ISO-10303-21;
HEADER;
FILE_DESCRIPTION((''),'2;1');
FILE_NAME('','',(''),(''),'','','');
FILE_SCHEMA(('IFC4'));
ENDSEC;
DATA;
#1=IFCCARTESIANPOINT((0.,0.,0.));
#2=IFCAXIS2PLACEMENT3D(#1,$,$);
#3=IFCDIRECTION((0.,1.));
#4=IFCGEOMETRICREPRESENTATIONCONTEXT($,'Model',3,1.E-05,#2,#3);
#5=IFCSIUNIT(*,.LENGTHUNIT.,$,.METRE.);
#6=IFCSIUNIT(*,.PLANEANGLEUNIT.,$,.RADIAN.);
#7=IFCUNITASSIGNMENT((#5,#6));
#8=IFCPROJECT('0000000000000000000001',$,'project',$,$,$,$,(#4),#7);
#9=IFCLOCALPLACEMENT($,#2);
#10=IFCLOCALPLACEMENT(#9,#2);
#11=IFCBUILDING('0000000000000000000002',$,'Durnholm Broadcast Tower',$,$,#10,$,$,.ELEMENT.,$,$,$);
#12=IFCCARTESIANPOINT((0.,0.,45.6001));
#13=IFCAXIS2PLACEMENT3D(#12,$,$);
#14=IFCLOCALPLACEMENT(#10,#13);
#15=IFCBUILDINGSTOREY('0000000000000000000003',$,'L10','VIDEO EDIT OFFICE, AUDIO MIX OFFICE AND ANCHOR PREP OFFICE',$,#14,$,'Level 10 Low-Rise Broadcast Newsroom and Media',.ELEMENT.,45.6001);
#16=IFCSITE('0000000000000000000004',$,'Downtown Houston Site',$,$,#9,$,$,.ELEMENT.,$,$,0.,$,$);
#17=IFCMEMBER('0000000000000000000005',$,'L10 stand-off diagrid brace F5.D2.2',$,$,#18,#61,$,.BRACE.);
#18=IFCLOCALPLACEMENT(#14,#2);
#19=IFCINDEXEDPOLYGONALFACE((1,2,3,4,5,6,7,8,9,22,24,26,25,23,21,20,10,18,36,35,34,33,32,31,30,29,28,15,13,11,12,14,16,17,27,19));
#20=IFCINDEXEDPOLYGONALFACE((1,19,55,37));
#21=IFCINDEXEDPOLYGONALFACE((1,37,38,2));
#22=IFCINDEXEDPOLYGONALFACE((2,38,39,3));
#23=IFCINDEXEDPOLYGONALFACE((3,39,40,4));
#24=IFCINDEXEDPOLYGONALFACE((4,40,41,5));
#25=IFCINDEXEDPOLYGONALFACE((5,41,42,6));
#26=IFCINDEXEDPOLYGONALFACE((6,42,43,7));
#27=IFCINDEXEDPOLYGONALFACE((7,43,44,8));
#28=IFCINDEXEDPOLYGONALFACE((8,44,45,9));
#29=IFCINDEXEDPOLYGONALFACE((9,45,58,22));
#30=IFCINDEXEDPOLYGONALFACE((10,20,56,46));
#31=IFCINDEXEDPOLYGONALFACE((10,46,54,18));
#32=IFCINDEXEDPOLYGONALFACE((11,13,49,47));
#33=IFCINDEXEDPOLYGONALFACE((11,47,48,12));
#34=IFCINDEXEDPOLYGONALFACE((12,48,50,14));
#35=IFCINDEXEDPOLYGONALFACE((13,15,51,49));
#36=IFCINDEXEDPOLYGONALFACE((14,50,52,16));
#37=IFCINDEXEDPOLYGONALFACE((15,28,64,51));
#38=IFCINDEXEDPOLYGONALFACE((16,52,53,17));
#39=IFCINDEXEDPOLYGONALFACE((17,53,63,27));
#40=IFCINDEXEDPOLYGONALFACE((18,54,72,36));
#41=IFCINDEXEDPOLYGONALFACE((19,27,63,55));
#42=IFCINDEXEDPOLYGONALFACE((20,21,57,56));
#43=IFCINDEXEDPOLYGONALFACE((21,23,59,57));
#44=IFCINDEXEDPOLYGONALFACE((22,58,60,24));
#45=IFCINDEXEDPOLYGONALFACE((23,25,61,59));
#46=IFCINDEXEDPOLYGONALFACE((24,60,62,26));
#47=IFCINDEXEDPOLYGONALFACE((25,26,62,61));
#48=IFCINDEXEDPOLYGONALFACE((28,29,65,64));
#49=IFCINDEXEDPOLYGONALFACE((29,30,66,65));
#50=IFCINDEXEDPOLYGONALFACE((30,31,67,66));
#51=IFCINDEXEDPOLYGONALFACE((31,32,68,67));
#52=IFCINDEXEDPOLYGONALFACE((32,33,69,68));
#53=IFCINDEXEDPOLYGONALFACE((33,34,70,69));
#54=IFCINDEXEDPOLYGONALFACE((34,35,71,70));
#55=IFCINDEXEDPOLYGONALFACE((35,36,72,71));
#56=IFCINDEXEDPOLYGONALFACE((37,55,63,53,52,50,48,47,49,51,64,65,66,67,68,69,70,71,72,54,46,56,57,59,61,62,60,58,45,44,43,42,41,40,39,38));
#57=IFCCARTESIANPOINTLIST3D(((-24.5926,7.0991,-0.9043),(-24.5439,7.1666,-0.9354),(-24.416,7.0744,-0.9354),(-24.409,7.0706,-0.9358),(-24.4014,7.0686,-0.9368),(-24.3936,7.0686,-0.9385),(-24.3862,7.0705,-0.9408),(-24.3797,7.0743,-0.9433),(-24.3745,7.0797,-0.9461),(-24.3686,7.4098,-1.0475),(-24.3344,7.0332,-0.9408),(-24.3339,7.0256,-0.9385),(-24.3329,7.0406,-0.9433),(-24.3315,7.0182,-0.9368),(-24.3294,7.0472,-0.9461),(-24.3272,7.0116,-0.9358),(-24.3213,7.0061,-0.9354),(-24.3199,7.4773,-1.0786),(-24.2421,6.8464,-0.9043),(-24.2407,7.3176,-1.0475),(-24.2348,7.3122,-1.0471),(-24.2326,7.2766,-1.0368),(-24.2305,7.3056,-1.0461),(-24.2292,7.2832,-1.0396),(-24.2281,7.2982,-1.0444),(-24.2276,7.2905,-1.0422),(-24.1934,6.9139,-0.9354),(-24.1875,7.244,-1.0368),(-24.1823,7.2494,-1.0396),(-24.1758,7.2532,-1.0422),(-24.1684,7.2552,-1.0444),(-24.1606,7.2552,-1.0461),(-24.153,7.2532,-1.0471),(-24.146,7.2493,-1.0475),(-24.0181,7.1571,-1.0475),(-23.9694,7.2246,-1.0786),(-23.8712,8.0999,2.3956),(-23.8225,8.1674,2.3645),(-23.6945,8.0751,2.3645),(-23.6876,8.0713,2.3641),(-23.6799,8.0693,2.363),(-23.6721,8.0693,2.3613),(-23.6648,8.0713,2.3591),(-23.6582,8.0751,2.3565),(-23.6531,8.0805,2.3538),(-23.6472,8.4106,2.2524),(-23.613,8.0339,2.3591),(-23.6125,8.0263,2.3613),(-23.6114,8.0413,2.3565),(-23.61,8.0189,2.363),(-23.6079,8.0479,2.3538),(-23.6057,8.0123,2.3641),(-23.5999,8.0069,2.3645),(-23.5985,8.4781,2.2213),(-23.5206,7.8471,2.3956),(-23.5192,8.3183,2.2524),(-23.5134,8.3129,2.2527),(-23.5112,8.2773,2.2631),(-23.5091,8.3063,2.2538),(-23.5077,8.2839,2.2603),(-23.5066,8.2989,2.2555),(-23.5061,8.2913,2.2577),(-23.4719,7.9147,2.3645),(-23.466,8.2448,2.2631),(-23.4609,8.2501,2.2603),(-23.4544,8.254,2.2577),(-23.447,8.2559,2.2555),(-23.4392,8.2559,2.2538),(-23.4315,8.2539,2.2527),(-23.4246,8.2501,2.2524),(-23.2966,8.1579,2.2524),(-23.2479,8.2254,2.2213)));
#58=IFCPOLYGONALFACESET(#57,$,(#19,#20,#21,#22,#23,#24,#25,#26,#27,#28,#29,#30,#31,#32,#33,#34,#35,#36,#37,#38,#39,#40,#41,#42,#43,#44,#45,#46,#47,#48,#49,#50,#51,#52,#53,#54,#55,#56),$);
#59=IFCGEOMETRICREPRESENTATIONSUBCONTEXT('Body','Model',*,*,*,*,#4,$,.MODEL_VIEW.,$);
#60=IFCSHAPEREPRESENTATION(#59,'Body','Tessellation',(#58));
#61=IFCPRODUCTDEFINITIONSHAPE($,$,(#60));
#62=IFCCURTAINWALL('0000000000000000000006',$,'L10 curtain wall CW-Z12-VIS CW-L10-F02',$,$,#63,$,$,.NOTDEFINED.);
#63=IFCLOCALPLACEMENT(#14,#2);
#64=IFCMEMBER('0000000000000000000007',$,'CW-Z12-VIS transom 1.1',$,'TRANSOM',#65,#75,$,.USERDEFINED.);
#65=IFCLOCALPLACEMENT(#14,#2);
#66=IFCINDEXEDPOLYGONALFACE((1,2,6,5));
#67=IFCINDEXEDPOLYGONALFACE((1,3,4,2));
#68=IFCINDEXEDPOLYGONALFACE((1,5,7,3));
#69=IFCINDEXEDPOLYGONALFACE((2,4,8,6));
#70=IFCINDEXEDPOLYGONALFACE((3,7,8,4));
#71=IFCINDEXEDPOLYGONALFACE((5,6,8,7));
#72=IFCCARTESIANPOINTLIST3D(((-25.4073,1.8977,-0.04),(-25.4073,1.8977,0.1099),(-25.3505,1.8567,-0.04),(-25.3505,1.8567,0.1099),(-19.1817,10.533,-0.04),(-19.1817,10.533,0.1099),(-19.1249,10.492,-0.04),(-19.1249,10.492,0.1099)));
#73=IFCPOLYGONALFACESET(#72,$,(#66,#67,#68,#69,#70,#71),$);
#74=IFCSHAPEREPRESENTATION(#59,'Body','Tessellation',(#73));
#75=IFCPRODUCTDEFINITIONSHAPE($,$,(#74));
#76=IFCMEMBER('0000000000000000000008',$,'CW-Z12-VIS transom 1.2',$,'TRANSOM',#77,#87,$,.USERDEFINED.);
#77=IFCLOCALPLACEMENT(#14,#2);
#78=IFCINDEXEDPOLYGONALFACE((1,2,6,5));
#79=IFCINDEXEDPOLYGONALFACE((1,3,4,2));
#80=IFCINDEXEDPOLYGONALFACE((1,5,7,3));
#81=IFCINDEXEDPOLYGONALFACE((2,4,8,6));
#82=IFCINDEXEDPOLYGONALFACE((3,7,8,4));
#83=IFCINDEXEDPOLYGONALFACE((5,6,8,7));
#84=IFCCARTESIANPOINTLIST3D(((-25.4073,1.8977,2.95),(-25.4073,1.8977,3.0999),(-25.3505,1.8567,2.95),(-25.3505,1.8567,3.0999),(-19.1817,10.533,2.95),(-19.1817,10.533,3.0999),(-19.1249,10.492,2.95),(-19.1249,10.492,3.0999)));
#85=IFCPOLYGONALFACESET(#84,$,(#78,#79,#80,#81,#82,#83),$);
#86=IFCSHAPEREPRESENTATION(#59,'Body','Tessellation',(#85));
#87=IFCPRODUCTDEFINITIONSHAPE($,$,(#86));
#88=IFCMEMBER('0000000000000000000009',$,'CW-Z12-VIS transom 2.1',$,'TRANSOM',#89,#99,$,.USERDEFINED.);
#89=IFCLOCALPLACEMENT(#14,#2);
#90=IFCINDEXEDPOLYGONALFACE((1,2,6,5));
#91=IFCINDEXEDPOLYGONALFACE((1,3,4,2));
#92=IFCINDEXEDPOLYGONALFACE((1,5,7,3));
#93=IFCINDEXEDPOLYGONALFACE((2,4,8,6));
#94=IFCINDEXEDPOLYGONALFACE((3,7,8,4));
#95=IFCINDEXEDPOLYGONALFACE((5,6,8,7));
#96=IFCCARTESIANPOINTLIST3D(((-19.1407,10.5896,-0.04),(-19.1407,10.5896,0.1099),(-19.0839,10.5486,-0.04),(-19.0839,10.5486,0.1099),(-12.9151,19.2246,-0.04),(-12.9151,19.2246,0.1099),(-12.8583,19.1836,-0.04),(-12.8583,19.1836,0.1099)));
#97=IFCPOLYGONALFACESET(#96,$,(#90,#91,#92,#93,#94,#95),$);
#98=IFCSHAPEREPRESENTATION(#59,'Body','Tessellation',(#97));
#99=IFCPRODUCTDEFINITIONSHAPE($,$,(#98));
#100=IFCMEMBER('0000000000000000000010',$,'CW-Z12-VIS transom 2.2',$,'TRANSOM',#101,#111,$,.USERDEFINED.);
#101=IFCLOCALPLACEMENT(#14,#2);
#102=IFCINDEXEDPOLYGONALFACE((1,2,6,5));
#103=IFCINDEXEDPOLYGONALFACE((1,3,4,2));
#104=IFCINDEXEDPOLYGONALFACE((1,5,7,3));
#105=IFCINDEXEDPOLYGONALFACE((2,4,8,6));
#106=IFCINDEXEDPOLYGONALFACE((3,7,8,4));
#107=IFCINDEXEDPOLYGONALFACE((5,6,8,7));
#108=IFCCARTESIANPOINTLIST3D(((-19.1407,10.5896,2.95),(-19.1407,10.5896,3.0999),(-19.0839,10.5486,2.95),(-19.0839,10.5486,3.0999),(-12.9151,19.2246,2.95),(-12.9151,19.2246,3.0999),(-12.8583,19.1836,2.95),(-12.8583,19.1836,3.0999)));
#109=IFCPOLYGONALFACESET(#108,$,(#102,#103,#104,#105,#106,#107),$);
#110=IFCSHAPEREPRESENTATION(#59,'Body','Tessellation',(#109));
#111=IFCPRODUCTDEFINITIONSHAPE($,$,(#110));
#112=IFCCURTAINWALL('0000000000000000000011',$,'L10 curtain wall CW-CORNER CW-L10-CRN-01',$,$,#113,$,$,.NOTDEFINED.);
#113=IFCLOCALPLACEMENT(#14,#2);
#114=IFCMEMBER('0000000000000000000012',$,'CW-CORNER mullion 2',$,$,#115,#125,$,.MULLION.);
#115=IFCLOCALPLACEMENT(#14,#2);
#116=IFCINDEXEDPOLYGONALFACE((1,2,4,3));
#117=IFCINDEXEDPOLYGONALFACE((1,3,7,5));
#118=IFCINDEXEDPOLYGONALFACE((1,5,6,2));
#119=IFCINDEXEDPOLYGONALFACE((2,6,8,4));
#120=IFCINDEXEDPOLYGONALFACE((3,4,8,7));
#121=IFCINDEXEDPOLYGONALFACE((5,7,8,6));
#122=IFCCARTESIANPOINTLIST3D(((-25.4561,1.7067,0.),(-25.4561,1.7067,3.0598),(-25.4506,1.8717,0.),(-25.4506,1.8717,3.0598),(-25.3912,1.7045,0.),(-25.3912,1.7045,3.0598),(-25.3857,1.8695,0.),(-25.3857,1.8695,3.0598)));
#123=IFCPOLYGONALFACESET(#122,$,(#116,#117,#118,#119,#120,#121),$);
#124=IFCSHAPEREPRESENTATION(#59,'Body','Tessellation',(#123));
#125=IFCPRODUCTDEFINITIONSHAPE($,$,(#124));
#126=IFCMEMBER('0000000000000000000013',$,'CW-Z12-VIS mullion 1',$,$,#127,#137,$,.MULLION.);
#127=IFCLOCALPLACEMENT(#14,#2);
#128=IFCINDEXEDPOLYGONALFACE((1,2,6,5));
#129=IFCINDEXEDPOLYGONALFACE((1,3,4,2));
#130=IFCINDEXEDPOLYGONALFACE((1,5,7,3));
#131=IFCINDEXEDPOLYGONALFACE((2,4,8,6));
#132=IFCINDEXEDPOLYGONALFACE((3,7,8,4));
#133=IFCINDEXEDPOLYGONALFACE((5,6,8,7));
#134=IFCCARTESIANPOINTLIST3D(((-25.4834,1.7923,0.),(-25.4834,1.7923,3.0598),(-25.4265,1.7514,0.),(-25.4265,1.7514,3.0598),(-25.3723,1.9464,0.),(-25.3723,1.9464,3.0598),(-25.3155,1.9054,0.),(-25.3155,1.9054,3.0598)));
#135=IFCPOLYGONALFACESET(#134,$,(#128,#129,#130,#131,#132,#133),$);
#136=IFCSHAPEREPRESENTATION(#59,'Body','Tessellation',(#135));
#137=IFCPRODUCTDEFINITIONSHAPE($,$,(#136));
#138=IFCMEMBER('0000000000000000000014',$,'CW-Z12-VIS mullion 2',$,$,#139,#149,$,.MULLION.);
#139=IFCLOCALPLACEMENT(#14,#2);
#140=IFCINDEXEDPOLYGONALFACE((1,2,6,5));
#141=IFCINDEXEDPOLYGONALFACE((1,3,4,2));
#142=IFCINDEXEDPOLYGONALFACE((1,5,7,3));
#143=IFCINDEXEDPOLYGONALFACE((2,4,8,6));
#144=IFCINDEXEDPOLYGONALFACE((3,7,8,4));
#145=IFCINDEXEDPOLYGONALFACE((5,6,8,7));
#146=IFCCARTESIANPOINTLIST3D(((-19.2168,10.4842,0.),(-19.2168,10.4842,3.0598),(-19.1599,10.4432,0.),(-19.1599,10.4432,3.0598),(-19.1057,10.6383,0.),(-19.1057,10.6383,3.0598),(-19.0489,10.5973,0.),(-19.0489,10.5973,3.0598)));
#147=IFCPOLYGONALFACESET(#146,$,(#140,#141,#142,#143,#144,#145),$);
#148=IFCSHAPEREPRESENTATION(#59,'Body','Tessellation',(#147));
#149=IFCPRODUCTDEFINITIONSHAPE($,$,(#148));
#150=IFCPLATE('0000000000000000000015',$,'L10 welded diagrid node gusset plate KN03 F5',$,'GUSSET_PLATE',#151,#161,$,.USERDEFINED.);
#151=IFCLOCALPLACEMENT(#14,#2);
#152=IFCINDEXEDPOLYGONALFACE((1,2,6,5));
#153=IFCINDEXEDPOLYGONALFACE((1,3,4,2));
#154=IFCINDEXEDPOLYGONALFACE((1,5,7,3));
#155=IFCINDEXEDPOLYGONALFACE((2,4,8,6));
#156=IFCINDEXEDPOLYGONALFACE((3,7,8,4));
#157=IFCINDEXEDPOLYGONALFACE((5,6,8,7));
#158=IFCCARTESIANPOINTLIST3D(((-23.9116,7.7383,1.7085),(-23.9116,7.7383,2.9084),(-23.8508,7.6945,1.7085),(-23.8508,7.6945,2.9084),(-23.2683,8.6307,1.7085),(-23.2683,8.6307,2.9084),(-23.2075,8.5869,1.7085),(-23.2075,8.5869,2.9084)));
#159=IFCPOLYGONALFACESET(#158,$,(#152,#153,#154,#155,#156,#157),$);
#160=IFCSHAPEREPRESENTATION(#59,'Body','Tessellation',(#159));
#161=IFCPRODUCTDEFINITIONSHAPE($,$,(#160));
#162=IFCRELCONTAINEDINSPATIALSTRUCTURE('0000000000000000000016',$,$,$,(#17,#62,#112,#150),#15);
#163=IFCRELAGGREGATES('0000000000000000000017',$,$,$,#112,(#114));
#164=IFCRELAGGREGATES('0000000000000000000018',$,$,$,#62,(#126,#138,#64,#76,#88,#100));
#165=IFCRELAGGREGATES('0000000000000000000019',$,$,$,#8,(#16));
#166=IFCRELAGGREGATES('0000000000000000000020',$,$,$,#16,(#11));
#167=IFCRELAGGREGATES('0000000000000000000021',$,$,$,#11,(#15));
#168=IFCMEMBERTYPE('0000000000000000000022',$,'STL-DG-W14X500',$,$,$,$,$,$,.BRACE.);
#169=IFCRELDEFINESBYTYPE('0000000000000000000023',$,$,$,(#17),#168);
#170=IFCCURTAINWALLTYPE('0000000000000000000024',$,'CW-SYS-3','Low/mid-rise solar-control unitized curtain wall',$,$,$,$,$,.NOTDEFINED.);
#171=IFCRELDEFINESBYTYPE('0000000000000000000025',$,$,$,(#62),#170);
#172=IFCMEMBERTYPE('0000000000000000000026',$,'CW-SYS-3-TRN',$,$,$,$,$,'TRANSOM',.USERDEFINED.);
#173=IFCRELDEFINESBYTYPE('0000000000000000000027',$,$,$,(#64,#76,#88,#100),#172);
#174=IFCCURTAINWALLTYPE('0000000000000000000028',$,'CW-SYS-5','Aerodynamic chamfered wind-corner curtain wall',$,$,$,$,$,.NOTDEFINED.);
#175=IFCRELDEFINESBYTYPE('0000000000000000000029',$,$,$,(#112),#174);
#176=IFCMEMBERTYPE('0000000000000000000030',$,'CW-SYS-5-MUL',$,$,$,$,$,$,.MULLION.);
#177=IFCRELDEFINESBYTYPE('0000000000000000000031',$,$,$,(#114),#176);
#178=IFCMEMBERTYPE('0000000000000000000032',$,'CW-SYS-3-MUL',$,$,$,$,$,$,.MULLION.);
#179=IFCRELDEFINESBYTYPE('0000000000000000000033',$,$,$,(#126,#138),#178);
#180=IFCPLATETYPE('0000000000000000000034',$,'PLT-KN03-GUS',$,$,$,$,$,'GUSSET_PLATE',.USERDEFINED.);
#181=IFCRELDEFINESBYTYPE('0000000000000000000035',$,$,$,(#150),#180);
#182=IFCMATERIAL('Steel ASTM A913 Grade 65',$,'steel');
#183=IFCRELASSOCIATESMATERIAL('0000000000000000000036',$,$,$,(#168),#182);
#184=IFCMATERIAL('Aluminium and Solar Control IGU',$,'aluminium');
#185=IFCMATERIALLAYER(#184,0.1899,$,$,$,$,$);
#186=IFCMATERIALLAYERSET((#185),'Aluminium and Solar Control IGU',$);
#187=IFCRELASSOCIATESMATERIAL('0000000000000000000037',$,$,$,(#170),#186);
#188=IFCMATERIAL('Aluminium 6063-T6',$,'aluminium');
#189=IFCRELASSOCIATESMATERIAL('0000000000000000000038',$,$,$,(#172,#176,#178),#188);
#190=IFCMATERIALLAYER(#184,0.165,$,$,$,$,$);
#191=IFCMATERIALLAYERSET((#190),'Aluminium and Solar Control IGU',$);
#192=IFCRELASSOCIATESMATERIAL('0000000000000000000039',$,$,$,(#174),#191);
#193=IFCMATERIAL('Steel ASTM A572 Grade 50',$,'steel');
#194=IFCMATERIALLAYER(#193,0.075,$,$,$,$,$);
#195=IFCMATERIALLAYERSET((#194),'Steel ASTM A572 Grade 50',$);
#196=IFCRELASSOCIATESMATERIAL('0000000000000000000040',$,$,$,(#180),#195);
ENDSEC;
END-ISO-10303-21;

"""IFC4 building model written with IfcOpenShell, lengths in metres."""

from ifc_helpers import new_model, si_unit, direction, frame, origin, origin_2d, place, context, subcontext, project, spatial, rectangle, i_section, extrude, source, transform, mapped, material, layer, layer_set, material_profile, profile_set, type_object, type_shapes, element, aggregate, save


model = new_model("IFC4")

# Units and contexts
model_context = context("Model", 3, precision=1e-05, world=origin(), true_north=direction((0.0, 1.0)))
body_context = subcontext(model_context, "Body", "Model", "MODEL_VIEW")
ifc_project = project(units=[si_unit("LENGTHUNIT", "METRE"), si_unit("PLANEANGLEUNIT", "RADIAN")], contexts=[model_context])

# Site, building, storey
site_placement = place(None, origin())
site = spatial("IfcSite", under=ifc_project, at=site_placement, Name="Downtown Houston Site", CompositionType="ELEMENT", RefElevation=0.0)
building_placement = place(site_placement, origin())
building = spatial("IfcBuilding", under=site, at=building_placement, Name="Durnholm Broadcast Tower", CompositionType="ELEMENT")
storey_placement = place(building_placement, frame((0.0, 0.0, 45.6001)))
storey = spatial("IfcBuildingStorey", under=building, at=storey_placement, Name="L10", Description="VIDEO EDIT OFFICE, AUDIO MIX OFFICE AND ANCHOR PREP OFFICE", LongName="Level 10 Low-Rise Broadcast Newsroom and Media", CompositionType="ELEMENT", Elevation=45.6001)

# Member
ifc_material_1 = material(Name="Steel ASTM A913 Grade 65", Category="steel")
ifc_material_profile_1 = material_profile(ifc_material_1, i_section(OverallWidth=0.4321, OverallDepth=0.4978, WebThickness=0.0557, FlangeThickness=0.0889, FilletRadius=0.0305, at=origin_2d()), Name="W14X500")
ifc_profile_set_1 = profile_set([ifc_material_profile_1], Name="Steel ASTM A913 Grade 65")
member_type_1 = type_object("IfcMemberType", Name="STL-DG-W14X500", PredefinedType="BRACE", material=ifc_profile_set_1)
shared_shape_1 = source(origin(), body_context, "Body", "SweptSolid", [
    extrude(i_section(OverallWidth=0.4321, OverallDepth=0.4978, WebThickness=0.0557, FlangeThickness=0.0889, FilletRadius=0.0305, at=origin_2d()), origin(), (0.0, 0.0, 1.0), 3.5229),
])
type_shapes(member_type_1, [shared_shape_1])
for number, where, z_axis, x_axis, name in (
    (1, (-24.281, 7.1619, -0.9915), (0.204786, 0.284067, 0.93668), (-0.811185, 0.584789, 0.0), "L10 stand-off diagrid brace F5.D2.2"),
):
    element("IfcMember", number, at=place(storey_placement, frame(where, z_axis=z_axis, x_axis=x_axis)), inside=storey, type_object=member_type_1, Name=name, PredefinedType="BRACE", context=body_context, shape_type="MappedRepresentation", body=[
        mapped(shared_shape_1, transform((0.0, 0.0, 0.0), x_axis=(1.0, 0.0, 0.0), y_axis=(0.0, 1.0, 0.0), z_axis=(0.0, 0.0, 1.0), scale=1.0)),
    ])

# Curtain wall, members
ifc_material_2 = material(Name="Aluminium and Solar Control IGU", Category="aluminium")
ifc_layer_1 = layer(ifc_material_2, 0.1899)
ifc_layer_set_1 = layer_set([ifc_layer_1], Name="Aluminium and Solar Control IGU")
curtain_wall_type_1 = type_object("IfcCurtainWallType", Name="CW-SYS-3", Description="Low/mid-rise solar-control unitized curtain wall", PredefinedType="NOTDEFINED", material=ifc_layer_set_1)
curtain_wall_1_placement = place(storey_placement, origin())
curtain_wall_1 = element("IfcCurtainWall", 2, at=curtain_wall_1_placement, inside=storey, type_object=curtain_wall_type_1, Name="L10 curtain wall CW-Z12-VIS CW-L10-F02", PredefinedType="NOTDEFINED")
ifc_material_3 = material(Name="Aluminium 6063-T6", Category="aluminium")
ifc_material_profile_2 = material_profile(ifc_material_3, rectangle(XDim=0.0701, YDim=0.1499, at=origin_2d()), Name="CWT70X150")
ifc_profile_set_2 = profile_set([ifc_material_profile_2], Name="Aluminium 6063-T6")
member_type_2 = type_object("IfcMemberType", Name="CW-SYS-3-TRN", ElementType="TRANSOM", PredefinedType="USERDEFINED", material=ifc_profile_set_2)
shared_shape_2 = source(origin(), body_context, "Body", "SweptSolid", [
    extrude(rectangle(XDim=0.0701, YDim=0.1499, at=origin_2d()), origin(), (0.0, 0.0, 1.0), 10.6455),
])
member_1_placement = place(storey_placement, frame((-25.3789, 1.8772, 0.0349), z_axis=(0.584812, 0.811169, 0.0), x_axis=(-0.811169, 0.584812, 0.0)))
member_1 = element("IfcMember", 3, at=member_1_placement, type_object=member_type_2, Name="CW-Z12-VIS transom 1.1", ObjectType="TRANSOM", PredefinedType="USERDEFINED", context=body_context, shape_type="MappedRepresentation", body=[
    mapped(shared_shape_2, transform((0.0, 0.0, 0.0), x_axis=(1.0, 0.0, 0.0), y_axis=(0.0, 1.0, 0.0), z_axis=(0.0, 0.0, 1.0), scale=1.0)),
])
member_2_placement = place(storey_placement, frame((-25.3789, 1.8772, 3.0249), z_axis=(0.584812, 0.811169, 0.0), x_axis=(-0.811169, 0.584812, 0.0)))
member_2 = element("IfcMember", 4, at=member_2_placement, type_object=member_type_2, Name="CW-Z12-VIS transom 1.2", ObjectType="TRANSOM", PredefinedType="USERDEFINED", context=body_context, shape_type="MappedRepresentation", body=[
    mapped(shared_shape_2, transform((0.0, 0.0, 0.0), x_axis=(1.0, 0.0, 0.0), y_axis=(0.0, 1.0, 0.0), z_axis=(0.0, 0.0, 1.0), scale=1.0)),
])
shared_shape_3 = source(origin(), body_context, "Body", "SweptSolid", [
    extrude(rectangle(XDim=0.0701, YDim=0.1499, at=origin_2d()), origin(), (0.0, 0.0, 1.0), 10.6453),
])
type_shapes(member_type_2, [shared_shape_2, shared_shape_3])
member_3_placement = place(storey_placement, frame((-19.1123, 10.5691, 0.0349), z_axis=(0.584823, 0.811161, 0.0), x_axis=(-0.811161, 0.584823, 0.0)))
member_3 = element("IfcMember", 5, at=member_3_placement, type_object=member_type_2, Name="CW-Z12-VIS transom 2.1", ObjectType="TRANSOM", PredefinedType="USERDEFINED", context=body_context, shape_type="MappedRepresentation", body=[
    mapped(shared_shape_3, transform((0.0, 0.0, 0.0), x_axis=(1.0, 0.0, 0.0), y_axis=(0.0, 1.0, 0.0), z_axis=(0.0, 0.0, 1.0), scale=1.0)),
])
member_4_placement = place(storey_placement, frame((-19.1123, 10.5691, 3.0249), z_axis=(0.584823, 0.811161, 0.0), x_axis=(-0.811161, 0.584823, 0.0)))
member_4 = element("IfcMember", 6, at=member_4_placement, type_object=member_type_2, Name="CW-Z12-VIS transom 2.2", ObjectType="TRANSOM", PredefinedType="USERDEFINED", context=body_context, shape_type="MappedRepresentation", body=[
    mapped(shared_shape_3, transform((0.0, 0.0, 0.0), x_axis=(1.0, 0.0, 0.0), y_axis=(0.0, 1.0, 0.0), z_axis=(0.0, 0.0, 1.0), scale=1.0)),
])

# Curtain wall, member
ifc_layer_2 = layer(ifc_material_2, 0.165)
ifc_layer_set_2 = layer_set([ifc_layer_2], Name="Aluminium and Solar Control IGU")
curtain_wall_type_2 = type_object("IfcCurtainWallType", Name="CW-SYS-5", Description="Aerodynamic chamfered wind-corner curtain wall", PredefinedType="NOTDEFINED", material=ifc_layer_set_2)
curtain_wall_2_placement = place(storey_placement, origin())
curtain_wall_2 = element("IfcCurtainWall", 7, at=curtain_wall_2_placement, inside=storey, type_object=curtain_wall_type_2, Name="L10 curtain wall CW-CORNER CW-L10-CRN-01", PredefinedType="NOTDEFINED")
ifc_material_profile_3 = material_profile(ifc_material_3, rectangle(XDim=0.0649, YDim=0.165, at=origin_2d()), Name="CWM65X165")
ifc_profile_set_3 = profile_set([ifc_material_profile_3], Name="Aluminium 6063-T6")
member_type_3 = type_object("IfcMemberType", Name="CW-SYS-5-MUL", PredefinedType="MULLION", material=ifc_profile_set_3)
shared_shape_4 = source(origin(), body_context, "Body", "SweptSolid", [
    extrude(rectangle(XDim=0.0649, YDim=0.165, at=origin_2d()), origin(), (0.0, 0.0, 1.0), 3.0598),
])
type_shapes(member_type_3, [shared_shape_4])
member_5_placement = place(storey_placement, frame((-25.4209, 1.7881, 0.0), z_axis=(0.0, 0.0, 1.0), x_axis=(-0.999427, 0.03384, 0.0)))
member_5 = element("IfcMember", 8, at=member_5_placement, type_object=member_type_3, Name="CW-CORNER mullion 2", PredefinedType="MULLION", context=body_context, shape_type="MappedRepresentation", body=[
    mapped(shared_shape_4, transform((0.0, 0.0, 0.0), x_axis=(1.0, 0.0, 0.0), y_axis=(0.0, 1.0, 0.0), z_axis=(0.0, 0.0, 1.0), scale=1.0)),
])

# Members
ifc_material_profile_4 = material_profile(ifc_material_3, rectangle(XDim=0.0701, YDim=0.1899, at=origin_2d()), Name="CWM70X190")
ifc_profile_set_4 = profile_set([ifc_material_profile_4], Name="Aluminium 6063-T6")
member_type_4 = type_object("IfcMemberType", Name="CW-SYS-3-MUL", PredefinedType="MULLION", material=ifc_profile_set_4)
shared_shape_5 = source(origin(), body_context, "Body", "SweptSolid", [
    extrude(rectangle(XDim=0.0701, YDim=0.1899, at=origin_2d()), origin(), (0.0, 0.0, 1.0), 3.0598),
])
type_shapes(member_type_4, [shared_shape_5])
member_6_placement = place(storey_placement, frame((-25.3994, 1.8489, 0.0), z_axis=(0.0, 0.0, 1.0), x_axis=(-0.811161, 0.584823, 0.0)))
member_6 = element("IfcMember", 9, at=member_6_placement, type_object=member_type_4, Name="CW-Z12-VIS mullion 1", PredefinedType="MULLION", context=body_context, shape_type="MappedRepresentation", body=[
    mapped(shared_shape_5, transform((0.0, 0.0, 0.0), x_axis=(1.0, 0.0, 0.0), y_axis=(0.0, 1.0, 0.0), z_axis=(0.0, 0.0, 1.0), scale=1.0)),
])
member_7_placement = place(storey_placement, frame((-19.1328, 10.5408, 0.0), z_axis=(0.0, 0.0, 1.0), x_axis=(-0.811161, 0.584823, 0.0)))
member_7 = element("IfcMember", 10, at=member_7_placement, type_object=member_type_4, Name="CW-Z12-VIS mullion 2", PredefinedType="MULLION", context=body_context, shape_type="MappedRepresentation", body=[
    mapped(shared_shape_5, transform((0.0, 0.0, 0.0), x_axis=(1.0, 0.0, 0.0), y_axis=(0.0, 1.0, 0.0), z_axis=(0.0, 0.0, 1.0), scale=1.0)),
])

# Plate
ifc_material_4 = material(Name="Steel ASTM A572 Grade 50", Category="steel")
ifc_layer_3 = layer(ifc_material_4, 0.075)
ifc_layer_set_3 = layer_set([ifc_layer_3], Name="Steel ASTM A572 Grade 50")
plate_type_1 = type_object("IfcPlateType", Name="PLT-KN03-GUS", ElementType="GUSSET_PLATE", PredefinedType="USERDEFINED", material=ifc_layer_set_3)
shared_shape_6 = source(origin(), body_context, "Body", "SweptSolid", [
    extrude(rectangle(XDim=1.1001, YDim=0.075, at=origin_2d()), origin(), (0.0, 0.0, 1.0), 1.2),
])
type_shapes(plate_type_1, [shared_shape_6])
plate_1_placement = place(storey_placement, frame((-23.5596, 8.1626, 1.7085), z_axis=(0.0, 0.0, 1.0), x_axis=(-0.584816, -0.811166, 0.0)))
element("IfcPlate", 11, at=plate_1_placement, inside=storey, type_object=plate_type_1, Name="L10 welded diagrid node gusset plate KN03 F5", ObjectType="GUSSET_PLATE", PredefinedType="USERDEFINED", context=body_context, shape_type="MappedRepresentation", body=[
    mapped(shared_shape_6, transform((0.0, 0.0, 0.0), x_axis=(1.0, 0.0, 0.0), y_axis=(0.0, 1.0, 0.0), z_axis=(0.0, 0.0, 1.0), scale=1.0)),
])
aggregate(curtain_wall_2, [member_5])
aggregate(curtain_wall_1, [member_6, member_7, member_1, member_2, member_3, member_4])

save(model, "model.ifc")
